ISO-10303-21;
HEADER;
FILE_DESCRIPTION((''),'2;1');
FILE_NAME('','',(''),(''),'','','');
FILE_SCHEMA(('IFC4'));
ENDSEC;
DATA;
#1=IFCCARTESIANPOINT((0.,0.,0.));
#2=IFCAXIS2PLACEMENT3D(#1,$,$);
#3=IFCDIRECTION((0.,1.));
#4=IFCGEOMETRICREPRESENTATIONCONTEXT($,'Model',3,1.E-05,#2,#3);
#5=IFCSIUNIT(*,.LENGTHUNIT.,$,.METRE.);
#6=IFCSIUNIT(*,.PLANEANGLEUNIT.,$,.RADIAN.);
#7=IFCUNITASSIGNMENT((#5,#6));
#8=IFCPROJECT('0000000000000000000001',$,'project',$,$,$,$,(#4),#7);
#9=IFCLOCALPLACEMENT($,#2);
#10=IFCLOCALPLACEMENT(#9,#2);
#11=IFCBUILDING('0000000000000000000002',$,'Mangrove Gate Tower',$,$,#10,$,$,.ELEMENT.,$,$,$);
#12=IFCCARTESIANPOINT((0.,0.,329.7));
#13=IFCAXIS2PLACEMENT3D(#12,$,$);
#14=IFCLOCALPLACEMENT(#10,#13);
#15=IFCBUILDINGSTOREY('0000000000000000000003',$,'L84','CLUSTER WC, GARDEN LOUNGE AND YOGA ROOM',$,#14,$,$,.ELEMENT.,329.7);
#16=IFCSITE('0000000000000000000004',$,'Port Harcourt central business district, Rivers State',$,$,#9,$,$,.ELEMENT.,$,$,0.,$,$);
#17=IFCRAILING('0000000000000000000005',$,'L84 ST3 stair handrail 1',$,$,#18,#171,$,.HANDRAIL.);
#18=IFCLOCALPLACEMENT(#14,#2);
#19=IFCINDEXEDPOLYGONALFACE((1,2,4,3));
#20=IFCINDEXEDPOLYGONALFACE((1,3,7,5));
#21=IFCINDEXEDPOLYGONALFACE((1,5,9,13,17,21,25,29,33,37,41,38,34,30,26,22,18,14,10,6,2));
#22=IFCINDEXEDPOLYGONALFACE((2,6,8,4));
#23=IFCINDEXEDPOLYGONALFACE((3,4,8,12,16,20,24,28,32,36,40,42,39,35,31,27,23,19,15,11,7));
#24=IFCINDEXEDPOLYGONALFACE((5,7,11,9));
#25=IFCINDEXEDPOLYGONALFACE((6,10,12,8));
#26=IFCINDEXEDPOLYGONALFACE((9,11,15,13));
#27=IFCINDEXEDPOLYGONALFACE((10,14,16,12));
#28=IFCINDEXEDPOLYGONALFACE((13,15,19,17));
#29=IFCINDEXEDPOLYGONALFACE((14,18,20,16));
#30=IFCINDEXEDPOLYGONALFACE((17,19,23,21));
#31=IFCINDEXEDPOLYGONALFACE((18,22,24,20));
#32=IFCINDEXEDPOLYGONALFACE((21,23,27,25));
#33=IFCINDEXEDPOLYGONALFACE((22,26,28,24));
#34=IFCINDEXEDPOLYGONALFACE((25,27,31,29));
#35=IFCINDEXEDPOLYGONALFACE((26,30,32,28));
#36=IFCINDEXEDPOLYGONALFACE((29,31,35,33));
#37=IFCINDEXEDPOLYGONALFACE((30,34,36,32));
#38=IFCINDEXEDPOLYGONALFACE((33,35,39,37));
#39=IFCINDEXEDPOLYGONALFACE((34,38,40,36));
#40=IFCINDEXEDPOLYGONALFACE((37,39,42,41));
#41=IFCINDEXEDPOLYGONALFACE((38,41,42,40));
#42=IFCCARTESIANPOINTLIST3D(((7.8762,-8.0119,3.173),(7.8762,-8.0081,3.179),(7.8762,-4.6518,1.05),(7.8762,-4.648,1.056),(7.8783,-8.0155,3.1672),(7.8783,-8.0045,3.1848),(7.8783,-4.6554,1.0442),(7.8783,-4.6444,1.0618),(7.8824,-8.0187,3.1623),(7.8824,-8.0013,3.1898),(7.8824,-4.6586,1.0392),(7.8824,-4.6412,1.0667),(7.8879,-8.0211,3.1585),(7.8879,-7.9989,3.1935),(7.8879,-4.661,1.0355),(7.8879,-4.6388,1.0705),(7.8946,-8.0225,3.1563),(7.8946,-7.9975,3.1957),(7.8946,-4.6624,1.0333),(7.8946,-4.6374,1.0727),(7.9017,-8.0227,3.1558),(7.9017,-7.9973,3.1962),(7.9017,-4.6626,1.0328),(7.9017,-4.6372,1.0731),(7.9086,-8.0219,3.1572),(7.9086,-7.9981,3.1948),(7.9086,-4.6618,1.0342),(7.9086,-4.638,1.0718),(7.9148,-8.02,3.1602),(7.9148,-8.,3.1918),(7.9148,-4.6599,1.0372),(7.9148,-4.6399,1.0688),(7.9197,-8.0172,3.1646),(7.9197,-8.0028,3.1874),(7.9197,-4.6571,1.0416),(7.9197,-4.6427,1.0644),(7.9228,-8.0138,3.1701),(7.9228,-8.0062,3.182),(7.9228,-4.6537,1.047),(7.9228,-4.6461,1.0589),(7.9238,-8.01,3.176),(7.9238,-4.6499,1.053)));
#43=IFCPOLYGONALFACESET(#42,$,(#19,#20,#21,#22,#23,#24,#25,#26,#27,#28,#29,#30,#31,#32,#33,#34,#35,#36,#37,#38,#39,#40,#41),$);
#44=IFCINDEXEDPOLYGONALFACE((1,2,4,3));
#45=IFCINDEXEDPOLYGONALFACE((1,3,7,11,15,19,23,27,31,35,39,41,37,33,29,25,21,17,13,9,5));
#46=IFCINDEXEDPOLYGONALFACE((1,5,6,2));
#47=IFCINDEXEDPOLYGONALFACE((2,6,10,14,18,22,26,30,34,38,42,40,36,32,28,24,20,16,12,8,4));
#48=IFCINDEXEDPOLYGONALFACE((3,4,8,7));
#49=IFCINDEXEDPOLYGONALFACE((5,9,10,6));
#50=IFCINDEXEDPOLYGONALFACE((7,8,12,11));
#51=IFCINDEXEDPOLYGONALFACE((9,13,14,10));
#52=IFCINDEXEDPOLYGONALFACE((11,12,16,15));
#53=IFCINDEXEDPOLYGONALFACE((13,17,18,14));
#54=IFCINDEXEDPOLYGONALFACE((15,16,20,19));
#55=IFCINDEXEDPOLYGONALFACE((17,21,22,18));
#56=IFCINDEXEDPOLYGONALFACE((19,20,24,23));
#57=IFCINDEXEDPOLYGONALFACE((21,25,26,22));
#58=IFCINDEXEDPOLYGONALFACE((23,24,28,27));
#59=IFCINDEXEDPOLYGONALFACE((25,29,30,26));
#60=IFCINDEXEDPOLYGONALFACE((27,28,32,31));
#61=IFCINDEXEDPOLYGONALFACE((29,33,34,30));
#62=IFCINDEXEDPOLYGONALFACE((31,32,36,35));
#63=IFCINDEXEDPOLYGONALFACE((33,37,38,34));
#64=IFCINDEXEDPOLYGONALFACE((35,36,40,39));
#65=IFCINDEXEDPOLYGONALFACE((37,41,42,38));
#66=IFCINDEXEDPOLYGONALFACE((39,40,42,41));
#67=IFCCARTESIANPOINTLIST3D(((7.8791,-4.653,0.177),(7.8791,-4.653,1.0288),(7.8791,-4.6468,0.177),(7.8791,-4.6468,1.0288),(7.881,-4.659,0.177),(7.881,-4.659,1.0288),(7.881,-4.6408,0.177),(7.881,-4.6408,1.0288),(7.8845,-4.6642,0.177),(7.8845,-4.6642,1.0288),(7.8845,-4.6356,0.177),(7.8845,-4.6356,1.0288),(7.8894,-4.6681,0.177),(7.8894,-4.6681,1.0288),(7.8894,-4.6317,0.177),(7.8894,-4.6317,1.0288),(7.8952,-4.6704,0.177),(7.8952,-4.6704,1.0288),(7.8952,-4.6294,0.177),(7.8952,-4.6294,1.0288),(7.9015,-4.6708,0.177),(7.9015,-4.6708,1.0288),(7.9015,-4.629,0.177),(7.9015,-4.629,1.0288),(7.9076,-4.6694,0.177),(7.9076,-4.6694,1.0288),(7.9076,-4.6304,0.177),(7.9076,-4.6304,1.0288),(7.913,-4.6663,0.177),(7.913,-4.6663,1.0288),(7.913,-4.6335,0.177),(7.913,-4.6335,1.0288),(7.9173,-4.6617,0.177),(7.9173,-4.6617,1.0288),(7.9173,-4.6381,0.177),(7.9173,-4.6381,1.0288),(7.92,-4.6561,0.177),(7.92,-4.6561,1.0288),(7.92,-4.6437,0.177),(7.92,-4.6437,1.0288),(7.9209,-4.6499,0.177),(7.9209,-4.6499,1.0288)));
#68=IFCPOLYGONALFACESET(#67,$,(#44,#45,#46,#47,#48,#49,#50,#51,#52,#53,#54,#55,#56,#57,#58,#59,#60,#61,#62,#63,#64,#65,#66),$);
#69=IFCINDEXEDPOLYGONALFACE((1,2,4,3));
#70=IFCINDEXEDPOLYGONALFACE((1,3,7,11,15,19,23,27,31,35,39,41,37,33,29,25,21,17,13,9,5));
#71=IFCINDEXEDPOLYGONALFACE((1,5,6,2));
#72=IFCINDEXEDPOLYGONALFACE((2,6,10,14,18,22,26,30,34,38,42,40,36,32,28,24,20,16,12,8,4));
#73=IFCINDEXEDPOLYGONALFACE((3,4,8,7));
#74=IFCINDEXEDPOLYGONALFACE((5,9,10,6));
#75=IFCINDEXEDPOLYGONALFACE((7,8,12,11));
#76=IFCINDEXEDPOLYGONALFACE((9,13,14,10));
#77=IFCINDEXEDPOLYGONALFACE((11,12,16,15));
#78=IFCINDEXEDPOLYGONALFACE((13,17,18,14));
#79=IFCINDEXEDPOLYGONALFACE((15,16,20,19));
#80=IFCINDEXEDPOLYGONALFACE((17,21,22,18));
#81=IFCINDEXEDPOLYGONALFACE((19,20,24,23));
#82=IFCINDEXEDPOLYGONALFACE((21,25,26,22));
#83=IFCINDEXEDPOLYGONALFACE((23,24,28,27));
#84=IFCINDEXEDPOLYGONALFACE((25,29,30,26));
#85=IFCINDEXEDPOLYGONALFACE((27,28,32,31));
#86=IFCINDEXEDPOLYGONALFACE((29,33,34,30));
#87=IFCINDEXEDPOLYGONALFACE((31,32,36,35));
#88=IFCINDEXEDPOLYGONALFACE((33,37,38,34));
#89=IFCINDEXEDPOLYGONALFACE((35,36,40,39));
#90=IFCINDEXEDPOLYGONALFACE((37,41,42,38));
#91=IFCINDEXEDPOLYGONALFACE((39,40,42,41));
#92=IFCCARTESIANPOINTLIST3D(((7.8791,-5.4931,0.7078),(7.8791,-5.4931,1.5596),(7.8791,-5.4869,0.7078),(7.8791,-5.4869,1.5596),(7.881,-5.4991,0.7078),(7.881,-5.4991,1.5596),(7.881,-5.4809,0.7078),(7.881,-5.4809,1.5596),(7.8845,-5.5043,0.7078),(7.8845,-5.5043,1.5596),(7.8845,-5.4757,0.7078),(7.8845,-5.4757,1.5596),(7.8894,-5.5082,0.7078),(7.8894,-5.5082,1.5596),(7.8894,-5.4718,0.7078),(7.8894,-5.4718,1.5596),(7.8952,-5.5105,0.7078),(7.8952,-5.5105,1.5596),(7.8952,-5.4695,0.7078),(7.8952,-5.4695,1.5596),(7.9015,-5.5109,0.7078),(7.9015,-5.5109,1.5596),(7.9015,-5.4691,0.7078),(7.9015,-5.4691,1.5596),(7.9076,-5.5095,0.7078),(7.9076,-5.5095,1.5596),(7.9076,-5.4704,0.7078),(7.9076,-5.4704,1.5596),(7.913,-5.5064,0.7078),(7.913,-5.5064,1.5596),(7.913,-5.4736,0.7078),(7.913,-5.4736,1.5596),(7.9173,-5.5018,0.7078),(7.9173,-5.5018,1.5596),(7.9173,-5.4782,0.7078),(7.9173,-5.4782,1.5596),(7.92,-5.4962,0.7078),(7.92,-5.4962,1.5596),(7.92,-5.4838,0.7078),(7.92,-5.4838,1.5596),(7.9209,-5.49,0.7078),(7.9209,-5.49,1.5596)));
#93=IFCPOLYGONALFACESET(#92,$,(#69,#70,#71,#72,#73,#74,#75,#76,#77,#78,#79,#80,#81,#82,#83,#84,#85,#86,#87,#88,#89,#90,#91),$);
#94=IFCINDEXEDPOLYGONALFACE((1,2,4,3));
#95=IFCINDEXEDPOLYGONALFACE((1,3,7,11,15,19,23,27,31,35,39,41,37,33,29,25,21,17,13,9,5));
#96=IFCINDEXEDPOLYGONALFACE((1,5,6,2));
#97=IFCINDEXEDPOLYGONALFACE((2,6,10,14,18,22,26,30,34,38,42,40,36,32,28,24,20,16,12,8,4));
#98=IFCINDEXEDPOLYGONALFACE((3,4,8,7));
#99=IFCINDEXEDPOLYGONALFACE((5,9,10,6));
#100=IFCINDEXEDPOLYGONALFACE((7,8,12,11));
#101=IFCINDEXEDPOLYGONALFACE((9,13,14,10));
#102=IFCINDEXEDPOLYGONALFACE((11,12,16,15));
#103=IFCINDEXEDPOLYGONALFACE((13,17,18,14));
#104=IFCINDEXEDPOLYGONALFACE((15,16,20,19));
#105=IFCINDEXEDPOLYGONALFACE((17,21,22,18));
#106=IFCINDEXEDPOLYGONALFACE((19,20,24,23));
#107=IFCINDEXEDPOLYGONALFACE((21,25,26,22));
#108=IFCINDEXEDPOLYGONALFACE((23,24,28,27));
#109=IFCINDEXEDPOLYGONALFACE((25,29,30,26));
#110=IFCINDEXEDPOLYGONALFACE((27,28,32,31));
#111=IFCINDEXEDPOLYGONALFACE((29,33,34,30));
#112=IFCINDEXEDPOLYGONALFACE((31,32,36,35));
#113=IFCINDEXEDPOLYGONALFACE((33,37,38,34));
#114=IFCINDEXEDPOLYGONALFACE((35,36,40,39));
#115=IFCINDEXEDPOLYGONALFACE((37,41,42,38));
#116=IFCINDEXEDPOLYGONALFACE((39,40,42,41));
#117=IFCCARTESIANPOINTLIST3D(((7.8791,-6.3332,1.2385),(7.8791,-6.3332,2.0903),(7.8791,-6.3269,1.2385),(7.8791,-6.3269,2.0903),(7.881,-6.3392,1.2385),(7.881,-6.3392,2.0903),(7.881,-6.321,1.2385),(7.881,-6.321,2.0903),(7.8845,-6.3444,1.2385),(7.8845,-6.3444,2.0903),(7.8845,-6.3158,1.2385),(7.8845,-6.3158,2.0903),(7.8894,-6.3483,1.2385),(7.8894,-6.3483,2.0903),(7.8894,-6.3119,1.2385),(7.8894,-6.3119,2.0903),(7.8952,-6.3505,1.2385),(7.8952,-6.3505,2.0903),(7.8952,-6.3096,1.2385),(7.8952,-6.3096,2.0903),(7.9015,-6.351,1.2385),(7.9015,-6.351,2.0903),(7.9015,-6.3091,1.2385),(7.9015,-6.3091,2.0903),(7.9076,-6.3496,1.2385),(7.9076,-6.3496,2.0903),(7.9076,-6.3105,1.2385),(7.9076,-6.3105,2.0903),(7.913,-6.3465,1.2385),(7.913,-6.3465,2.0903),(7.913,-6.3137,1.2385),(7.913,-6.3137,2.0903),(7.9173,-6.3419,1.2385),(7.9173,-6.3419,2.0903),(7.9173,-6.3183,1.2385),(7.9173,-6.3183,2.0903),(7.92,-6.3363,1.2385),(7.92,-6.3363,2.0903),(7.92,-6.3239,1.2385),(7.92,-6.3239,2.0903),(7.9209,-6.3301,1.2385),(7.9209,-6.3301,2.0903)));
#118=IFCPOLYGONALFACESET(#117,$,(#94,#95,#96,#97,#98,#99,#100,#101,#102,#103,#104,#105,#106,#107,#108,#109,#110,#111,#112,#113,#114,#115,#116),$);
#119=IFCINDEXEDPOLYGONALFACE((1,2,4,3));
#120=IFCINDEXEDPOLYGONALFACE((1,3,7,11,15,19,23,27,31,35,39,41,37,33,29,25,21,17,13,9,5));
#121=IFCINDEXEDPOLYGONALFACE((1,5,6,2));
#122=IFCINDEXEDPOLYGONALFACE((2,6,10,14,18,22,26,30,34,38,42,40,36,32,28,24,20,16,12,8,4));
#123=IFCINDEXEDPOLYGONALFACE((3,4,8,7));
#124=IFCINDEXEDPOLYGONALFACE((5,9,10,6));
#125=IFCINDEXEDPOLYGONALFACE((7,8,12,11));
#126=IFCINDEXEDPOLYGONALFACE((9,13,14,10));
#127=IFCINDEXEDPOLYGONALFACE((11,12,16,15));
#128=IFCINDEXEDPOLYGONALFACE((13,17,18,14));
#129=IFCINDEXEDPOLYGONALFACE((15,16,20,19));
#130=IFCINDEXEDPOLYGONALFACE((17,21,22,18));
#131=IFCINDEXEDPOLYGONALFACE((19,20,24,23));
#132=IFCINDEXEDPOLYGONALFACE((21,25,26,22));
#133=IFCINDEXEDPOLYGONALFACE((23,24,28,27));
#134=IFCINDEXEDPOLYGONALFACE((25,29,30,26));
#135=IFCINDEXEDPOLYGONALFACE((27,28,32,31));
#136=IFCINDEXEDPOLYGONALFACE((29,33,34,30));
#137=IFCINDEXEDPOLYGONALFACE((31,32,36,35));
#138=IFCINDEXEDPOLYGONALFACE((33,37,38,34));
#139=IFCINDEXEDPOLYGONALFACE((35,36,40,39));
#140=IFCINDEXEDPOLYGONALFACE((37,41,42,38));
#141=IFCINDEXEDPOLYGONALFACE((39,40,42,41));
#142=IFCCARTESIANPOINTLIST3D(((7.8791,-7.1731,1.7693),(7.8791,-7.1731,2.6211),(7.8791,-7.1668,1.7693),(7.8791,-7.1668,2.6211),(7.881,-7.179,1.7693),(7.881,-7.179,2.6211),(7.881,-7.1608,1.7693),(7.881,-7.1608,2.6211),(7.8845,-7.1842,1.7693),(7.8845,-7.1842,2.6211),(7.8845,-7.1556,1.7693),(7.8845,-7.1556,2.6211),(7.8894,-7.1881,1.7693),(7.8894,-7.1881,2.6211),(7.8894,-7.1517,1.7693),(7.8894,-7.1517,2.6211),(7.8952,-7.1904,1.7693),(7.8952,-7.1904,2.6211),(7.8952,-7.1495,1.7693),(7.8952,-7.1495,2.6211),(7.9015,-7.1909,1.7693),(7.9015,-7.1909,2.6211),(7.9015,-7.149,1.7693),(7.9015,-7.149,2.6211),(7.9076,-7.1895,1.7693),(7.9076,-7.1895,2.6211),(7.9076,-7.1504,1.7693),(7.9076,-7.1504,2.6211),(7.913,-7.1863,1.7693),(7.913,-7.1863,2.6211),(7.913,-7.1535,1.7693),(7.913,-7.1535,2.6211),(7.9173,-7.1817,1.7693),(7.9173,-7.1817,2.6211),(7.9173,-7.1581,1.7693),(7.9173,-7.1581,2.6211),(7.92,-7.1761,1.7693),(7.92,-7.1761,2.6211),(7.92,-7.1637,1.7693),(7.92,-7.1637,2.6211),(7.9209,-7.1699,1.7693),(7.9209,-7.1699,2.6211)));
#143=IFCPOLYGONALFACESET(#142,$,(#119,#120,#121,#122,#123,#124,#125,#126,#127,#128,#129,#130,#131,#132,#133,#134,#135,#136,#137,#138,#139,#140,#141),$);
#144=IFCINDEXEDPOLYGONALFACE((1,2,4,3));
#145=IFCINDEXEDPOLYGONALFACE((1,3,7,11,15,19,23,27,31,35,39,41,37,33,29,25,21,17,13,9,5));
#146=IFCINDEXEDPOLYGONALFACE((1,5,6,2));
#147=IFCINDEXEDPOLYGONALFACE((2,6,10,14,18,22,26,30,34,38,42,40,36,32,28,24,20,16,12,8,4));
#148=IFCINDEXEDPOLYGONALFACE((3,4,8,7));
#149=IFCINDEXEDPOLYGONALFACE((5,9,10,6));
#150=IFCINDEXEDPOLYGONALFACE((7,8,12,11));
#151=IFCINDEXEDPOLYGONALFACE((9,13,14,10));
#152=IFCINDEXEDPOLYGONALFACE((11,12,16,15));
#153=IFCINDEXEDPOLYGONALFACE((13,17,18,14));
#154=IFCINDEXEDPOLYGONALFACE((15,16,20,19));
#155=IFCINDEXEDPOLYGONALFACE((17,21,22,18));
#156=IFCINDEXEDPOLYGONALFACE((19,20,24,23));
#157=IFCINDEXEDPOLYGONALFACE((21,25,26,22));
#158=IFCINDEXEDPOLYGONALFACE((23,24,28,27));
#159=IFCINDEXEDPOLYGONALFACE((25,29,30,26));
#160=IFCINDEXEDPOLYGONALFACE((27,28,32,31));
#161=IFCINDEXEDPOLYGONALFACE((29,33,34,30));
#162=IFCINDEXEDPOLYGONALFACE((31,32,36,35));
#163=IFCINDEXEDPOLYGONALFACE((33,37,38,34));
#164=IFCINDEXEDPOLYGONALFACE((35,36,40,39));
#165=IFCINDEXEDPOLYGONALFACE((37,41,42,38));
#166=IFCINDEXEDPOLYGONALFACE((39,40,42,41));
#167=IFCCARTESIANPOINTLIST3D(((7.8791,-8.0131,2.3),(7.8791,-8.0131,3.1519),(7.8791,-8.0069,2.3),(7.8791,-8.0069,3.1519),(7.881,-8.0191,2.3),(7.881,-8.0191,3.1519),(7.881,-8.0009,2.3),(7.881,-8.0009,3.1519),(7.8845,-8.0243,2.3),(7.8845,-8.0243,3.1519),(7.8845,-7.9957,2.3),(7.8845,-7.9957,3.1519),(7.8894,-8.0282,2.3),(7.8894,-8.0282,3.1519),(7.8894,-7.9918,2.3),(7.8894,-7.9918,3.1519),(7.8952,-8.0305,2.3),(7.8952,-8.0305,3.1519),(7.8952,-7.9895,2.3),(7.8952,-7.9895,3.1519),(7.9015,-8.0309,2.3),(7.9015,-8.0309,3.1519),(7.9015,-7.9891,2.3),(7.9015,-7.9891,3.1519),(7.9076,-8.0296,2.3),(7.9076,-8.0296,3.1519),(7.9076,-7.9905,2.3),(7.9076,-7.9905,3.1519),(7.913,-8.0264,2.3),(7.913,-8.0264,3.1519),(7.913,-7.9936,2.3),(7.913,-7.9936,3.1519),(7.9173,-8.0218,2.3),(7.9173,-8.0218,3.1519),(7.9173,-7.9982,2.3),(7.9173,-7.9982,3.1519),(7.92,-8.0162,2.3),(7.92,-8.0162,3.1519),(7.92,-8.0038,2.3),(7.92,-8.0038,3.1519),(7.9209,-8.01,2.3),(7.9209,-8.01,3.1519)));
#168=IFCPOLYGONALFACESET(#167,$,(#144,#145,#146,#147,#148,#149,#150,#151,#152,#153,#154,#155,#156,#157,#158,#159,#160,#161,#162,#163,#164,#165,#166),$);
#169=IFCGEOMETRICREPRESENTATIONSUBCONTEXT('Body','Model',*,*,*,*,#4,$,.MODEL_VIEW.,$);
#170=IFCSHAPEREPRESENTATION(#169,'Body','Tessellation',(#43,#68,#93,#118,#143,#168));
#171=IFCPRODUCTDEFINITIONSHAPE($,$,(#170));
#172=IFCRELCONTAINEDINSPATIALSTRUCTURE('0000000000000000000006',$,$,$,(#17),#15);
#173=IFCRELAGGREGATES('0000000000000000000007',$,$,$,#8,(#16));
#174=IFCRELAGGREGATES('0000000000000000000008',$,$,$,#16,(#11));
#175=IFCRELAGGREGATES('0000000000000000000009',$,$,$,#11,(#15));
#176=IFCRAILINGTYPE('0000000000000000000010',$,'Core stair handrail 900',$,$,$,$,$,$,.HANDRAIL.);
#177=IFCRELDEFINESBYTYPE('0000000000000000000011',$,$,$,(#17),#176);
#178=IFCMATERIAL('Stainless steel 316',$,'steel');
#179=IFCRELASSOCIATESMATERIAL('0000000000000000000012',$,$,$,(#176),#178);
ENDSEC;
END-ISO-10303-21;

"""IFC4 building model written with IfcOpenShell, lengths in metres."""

from ifc_helpers import new_model, si_unit, direction, frame, origin, origin_2d, place, context, subcontext, project, spatial, circle, extrude, material, type_object, element, save


model = new_model("IFC4")

# Units and contexts
model_context = context("Model", 3, precision=1e-05, world=origin(), true_north=direction((0.0, 1.0)))
body_context = subcontext(model_context, "Body", "Model", "MODEL_VIEW")
ifc_project = project(units=[si_unit("LENGTHUNIT", "METRE"), si_unit("PLANEANGLEUNIT", "RADIAN")], contexts=[model_context])

# Site, building, storey
site_placement = place(None, origin())
site = spatial("IfcSite", under=ifc_project, at=site_placement, Name="Port Harcourt central business district, Rivers State", CompositionType="ELEMENT", RefElevation=0.0)
building_placement = place(site_placement, origin())
building = spatial("IfcBuilding", under=site, at=building_placement, Name="Mangrove Gate Tower", CompositionType="ELEMENT")
storey_placement = place(building_placement, frame((0.0, 0.0, 329.7)))
storey = spatial("IfcBuildingStorey", under=building, at=storey_placement, Name="L84", Description="CLUSTER WC, GARDEN LOUNGE AND YOGA ROOM", CompositionType="ELEMENT", Elevation=329.7)

# Railing
ifc_material_1 = material(Name="Stainless steel 316", Category="steel")
railing_type_1 = type_object("IfcRailingType", Name="Core stair handrail 900", PredefinedType="HANDRAIL", material=ifc_material_1)
railing_1_placement = place(storey_placement, frame((7.8999, -4.6499, 0.177)))
element("IfcRailing", 1, at=railing_1_placement, inside=storey, type_object=railing_type_1, Name="L84 ST3 stair handrail 1", PredefinedType="HANDRAIL", context=body_context, shape_type="SweptSolid", body=[
    extrude(circle(Radius=0.0239, at=origin_2d()), frame((0.0, 0.0, 0.876), z_axis=(0.0, -0.84539, 0.53415), x_axis=(1.0, 0.0, 0.0)), (0.0, 0.0, 1.0), 3.9746),
    extrude(circle(Radius=0.021, at=origin_2d()), origin(), (0.0, 0.0, 1.0), 0.8518),
    extrude(circle(Radius=0.021, at=origin_2d()), frame((0.0, -0.8401, 0.5308)), (0.0, 0.0, 1.0), 0.8518),
    extrude(circle(Radius=0.021, at=origin_2d()), frame((0.0, -1.6802, 1.0615)), (0.0, 0.0, 1.0), 0.8518),
    extrude(circle(Radius=0.021, at=origin_2d()), frame((0.0, -2.52, 1.5923)), (0.0, 0.0, 1.0), 0.8518),
    extrude(circle(Radius=0.021, at=origin_2d()), frame((0.0, -3.3601, 2.123)), (0.0, 0.0, 1.0), 0.8518),
])

save(model, "model.ifc")
